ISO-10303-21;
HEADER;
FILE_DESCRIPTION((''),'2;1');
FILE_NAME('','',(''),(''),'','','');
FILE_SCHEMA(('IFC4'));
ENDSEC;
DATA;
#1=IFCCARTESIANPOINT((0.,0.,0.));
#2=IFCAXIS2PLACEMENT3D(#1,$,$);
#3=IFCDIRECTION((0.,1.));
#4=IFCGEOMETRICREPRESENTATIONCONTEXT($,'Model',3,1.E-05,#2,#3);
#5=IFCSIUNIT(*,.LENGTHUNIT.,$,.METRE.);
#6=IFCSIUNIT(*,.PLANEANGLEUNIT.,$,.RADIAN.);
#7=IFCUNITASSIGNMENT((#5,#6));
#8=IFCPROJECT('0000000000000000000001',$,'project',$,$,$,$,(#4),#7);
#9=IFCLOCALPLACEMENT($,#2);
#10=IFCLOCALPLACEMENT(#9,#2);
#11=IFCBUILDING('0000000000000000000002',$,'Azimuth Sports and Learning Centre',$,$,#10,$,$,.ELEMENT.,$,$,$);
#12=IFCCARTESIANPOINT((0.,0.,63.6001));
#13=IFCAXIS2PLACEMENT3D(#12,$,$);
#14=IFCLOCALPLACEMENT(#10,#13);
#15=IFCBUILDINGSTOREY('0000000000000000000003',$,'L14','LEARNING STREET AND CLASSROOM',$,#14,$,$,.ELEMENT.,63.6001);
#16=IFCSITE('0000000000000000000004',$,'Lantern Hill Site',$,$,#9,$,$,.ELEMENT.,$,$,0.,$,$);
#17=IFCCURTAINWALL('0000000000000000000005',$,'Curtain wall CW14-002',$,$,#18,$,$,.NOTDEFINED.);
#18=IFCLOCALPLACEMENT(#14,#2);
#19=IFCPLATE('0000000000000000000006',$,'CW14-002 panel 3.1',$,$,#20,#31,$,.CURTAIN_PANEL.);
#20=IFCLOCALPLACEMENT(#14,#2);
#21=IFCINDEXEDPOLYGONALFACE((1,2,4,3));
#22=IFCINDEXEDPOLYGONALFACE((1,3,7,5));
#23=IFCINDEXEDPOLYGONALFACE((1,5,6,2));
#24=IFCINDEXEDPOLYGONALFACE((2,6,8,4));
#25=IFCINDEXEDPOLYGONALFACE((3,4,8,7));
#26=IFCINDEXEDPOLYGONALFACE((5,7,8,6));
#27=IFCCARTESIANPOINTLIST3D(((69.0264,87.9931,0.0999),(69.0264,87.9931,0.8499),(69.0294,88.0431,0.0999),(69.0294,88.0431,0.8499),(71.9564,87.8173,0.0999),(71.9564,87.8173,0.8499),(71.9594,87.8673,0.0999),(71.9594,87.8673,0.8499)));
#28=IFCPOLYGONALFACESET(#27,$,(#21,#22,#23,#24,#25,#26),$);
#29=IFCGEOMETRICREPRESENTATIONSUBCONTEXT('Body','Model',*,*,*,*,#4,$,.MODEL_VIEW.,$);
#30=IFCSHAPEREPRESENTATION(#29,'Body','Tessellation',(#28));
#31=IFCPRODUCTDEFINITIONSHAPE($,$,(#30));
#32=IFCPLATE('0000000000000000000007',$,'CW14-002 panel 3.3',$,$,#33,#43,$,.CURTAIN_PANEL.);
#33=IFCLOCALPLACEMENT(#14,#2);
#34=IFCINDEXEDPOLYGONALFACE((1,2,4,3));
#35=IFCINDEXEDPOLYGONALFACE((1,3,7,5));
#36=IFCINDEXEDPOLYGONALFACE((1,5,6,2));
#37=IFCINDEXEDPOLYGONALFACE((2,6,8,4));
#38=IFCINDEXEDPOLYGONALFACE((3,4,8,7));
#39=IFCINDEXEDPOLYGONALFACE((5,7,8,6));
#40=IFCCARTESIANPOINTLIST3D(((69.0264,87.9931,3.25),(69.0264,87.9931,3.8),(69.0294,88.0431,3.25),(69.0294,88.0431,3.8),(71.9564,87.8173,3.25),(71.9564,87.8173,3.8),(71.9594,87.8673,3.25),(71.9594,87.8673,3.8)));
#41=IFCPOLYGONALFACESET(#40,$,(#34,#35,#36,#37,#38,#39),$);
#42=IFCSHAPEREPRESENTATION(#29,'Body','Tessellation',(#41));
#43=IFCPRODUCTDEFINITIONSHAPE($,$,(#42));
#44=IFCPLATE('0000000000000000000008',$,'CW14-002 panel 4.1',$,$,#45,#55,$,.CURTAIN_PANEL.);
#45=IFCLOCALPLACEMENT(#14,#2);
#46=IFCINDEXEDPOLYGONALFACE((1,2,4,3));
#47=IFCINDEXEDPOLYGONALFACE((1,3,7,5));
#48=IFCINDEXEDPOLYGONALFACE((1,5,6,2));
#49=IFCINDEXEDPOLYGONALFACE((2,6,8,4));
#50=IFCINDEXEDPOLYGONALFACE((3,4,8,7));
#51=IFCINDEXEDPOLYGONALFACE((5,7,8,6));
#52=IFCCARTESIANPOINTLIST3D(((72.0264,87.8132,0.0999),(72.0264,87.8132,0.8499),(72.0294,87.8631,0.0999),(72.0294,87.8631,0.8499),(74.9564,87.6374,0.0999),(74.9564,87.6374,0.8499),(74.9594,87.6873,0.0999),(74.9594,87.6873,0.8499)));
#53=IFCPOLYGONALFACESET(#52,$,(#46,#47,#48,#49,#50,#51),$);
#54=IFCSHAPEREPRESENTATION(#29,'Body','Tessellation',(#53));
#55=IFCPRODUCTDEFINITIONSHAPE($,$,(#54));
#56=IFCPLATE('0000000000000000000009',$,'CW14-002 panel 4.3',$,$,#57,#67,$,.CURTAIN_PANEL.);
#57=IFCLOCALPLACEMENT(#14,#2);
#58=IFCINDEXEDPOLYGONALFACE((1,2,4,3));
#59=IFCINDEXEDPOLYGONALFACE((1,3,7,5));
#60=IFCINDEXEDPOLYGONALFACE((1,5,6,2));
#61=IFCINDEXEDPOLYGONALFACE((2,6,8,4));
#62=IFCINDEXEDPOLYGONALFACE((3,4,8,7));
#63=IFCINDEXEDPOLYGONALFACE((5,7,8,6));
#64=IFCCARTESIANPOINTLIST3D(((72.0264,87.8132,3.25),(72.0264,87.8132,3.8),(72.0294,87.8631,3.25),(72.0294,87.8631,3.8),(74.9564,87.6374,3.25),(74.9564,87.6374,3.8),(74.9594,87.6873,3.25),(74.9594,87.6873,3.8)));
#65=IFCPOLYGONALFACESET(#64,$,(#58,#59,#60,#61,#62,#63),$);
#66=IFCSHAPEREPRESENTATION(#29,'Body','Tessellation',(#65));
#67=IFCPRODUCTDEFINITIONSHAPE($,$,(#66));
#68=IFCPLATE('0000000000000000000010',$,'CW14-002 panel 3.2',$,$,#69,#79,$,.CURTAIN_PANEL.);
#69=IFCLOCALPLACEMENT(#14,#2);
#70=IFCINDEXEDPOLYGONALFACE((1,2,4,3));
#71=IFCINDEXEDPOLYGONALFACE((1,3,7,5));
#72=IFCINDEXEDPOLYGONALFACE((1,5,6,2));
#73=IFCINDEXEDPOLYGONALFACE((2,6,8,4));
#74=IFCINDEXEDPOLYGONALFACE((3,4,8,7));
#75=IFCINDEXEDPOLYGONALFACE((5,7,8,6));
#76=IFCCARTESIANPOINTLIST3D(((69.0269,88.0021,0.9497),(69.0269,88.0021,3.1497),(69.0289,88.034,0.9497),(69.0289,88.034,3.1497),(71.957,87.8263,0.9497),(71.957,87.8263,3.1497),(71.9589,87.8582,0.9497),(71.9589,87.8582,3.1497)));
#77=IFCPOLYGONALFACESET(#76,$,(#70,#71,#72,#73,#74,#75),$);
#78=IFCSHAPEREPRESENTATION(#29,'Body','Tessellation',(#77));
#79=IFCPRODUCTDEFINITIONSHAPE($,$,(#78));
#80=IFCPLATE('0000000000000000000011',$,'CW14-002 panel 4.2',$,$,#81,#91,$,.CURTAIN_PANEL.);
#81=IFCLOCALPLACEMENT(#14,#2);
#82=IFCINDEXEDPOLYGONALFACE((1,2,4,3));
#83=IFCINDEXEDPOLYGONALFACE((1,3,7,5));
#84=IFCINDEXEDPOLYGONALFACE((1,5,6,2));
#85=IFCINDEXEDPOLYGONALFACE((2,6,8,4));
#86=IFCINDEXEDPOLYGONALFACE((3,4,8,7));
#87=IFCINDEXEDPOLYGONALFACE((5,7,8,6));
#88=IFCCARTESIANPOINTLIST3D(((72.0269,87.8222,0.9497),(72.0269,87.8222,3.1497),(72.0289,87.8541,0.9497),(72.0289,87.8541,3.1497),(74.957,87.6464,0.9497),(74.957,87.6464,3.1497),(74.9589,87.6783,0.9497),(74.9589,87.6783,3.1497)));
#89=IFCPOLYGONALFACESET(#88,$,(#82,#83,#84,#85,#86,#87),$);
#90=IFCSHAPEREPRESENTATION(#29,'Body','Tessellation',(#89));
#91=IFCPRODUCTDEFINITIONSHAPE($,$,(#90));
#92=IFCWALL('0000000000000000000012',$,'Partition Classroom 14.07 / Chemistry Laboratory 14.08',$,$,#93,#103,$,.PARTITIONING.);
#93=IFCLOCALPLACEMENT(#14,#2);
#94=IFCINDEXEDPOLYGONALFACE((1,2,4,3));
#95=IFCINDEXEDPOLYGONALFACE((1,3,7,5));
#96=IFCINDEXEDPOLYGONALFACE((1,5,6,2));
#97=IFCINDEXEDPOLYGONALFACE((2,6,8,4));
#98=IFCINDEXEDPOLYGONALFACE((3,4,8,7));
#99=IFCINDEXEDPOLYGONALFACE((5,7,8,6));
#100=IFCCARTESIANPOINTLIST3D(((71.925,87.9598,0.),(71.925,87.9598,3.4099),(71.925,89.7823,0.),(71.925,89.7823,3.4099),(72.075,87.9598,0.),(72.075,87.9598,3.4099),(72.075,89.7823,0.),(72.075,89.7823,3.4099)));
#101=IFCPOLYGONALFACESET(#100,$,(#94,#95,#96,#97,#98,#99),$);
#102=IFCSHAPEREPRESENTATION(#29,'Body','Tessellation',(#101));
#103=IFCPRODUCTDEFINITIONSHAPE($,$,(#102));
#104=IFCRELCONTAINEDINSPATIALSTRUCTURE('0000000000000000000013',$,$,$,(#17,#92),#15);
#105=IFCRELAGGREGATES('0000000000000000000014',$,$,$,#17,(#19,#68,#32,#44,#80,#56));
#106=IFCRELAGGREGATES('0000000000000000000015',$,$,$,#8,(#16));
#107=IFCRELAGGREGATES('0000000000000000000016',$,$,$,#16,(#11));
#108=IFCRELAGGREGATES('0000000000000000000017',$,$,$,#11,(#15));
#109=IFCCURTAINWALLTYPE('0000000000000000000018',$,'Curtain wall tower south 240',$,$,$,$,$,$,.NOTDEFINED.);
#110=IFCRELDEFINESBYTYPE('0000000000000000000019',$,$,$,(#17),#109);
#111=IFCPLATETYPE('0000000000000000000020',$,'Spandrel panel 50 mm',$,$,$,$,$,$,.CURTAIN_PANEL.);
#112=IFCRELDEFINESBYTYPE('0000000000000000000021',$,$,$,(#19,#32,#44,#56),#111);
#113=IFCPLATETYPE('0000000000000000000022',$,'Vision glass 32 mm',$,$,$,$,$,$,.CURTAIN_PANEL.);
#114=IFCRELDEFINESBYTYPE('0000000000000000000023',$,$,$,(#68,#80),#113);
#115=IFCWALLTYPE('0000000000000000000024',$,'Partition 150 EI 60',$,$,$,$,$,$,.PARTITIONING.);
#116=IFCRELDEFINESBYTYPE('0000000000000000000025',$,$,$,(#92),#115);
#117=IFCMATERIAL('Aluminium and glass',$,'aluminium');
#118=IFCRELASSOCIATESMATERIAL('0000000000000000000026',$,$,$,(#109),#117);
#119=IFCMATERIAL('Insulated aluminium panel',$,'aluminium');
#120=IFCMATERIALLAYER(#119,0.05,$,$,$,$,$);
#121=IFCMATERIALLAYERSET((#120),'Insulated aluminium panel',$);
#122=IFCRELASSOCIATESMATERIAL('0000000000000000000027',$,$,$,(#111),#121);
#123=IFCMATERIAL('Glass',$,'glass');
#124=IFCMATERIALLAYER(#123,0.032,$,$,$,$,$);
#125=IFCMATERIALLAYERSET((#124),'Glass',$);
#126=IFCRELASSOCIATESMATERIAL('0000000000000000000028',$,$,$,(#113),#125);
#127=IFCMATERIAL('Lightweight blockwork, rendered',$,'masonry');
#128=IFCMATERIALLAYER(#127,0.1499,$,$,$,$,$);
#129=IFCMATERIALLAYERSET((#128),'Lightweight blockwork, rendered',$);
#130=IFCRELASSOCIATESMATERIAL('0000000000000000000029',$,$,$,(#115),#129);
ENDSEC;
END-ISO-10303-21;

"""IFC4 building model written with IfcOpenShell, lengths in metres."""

from ifc_helpers import new_model, si_unit, direction, frame, frame_2d, origin, origin_2d, place, context, subcontext, project, spatial, rectangle, extrude, material, layer, layer_set, type_object, element, aggregate, save


model = new_model("IFC4")

# Units and contexts
model_context = context("Model", 3, precision=1e-05, world=origin(), true_north=direction((0.0, 1.0)))
body_context = subcontext(model_context, "Body", "Model", "MODEL_VIEW")
ifc_project = project(units=[si_unit("LENGTHUNIT", "METRE"), si_unit("PLANEANGLEUNIT", "RADIAN")], contexts=[model_context])

# Site, building, storey
site_placement = place(None, origin())
site = spatial("IfcSite", under=ifc_project, at=site_placement, Name="Lantern Hill Site", CompositionType="ELEMENT", RefElevation=0.0)
building_placement = place(site_placement, origin())
building = spatial("IfcBuilding", under=site, at=building_placement, Name="Azimuth Sports and Learning Centre", CompositionType="ELEMENT")
storey_placement = place(building_placement, frame((0.0, 0.0, 63.6001)))
storey = spatial("IfcBuildingStorey", under=building, at=storey_placement, Name="L14", Description="LEARNING STREET AND CLASSROOM", CompositionType="ELEMENT", Elevation=63.6001)

# Curtain wall, plates
ifc_material_1 = material(Name="Aluminium and glass", Category="aluminium")
curtain_wall_type = type_object("IfcCurtainWallType", Name="Curtain wall tower south 240", PredefinedType="NOTDEFINED", material=ifc_material_1)
curtain_wall_placement = place(storey_placement, origin())
curtain_wall = element("IfcCurtainWall", 1, at=curtain_wall_placement, inside=storey, type_object=curtain_wall_type, Name="Curtain wall CW14-002", PredefinedType="NOTDEFINED")
ifc_material_2 = material(Name="Insulated aluminium panel", Category="aluminium")
ifc_layer_1 = layer(ifc_material_2, 0.05)
ifc_layer_set_1 = layer_set([ifc_layer_1], Name="Insulated aluminium panel")
plate_type_1 = type_object("IfcPlateType", Name="Spandrel panel 50 mm", PredefinedType="CURTAIN_PANEL", material=ifc_layer_set_1)
plate_1_placement = place(storey_placement, frame((70.4929, 87.9302, 0.0999), z_axis=(0.0, 0.0, 1.0), x_axis=(0.998205, -0.059892, 0.0)))
plate_1 = element("IfcPlate", 2, at=plate_1_placement, type_object=plate_type_1, Name="CW14-002 panel 3.1", PredefinedType="CURTAIN_PANEL", context=body_context, shape_type="SweptSolid", body=[
    extrude(rectangle(XDim=2.9353, YDim=0.05, at=origin_2d()), origin(), (0.0, 0.0, 1.0), 0.75),
])
plate_2_placement = place(storey_placement, frame((70.4929, 87.9302, 3.25), z_axis=(0.0, 0.0, 1.0), x_axis=(0.998205, -0.059892, 0.0)))
plate_2 = element("IfcPlate", 3, at=plate_2_placement, type_object=plate_type_1, Name="CW14-002 panel 3.3", PredefinedType="CURTAIN_PANEL", context=body_context, shape_type="SweptSolid", body=[
    extrude(rectangle(XDim=2.9353, YDim=0.05, at=origin_2d()), origin(), (0.0, 0.0, 1.0), 0.55),
])
plate_3_placement = place(storey_placement, frame((73.4929, 87.7502, 0.0999), z_axis=(0.0, 0.0, 1.0), x_axis=(0.998205, -0.059892, 0.0)))
plate_3 = element("IfcPlate", 4, at=plate_3_placement, type_object=plate_type_1, Name="CW14-002 panel 4.1", PredefinedType="CURTAIN_PANEL", context=body_context, shape_type="SweptSolid", body=[
    extrude(rectangle(XDim=2.9353, YDim=0.05, at=origin_2d()), origin(), (0.0, 0.0, 1.0), 0.75),
])
plate_4_placement = place(storey_placement, frame((73.4929, 87.7502, 3.25), z_axis=(0.0, 0.0, 1.0), x_axis=(0.998205, -0.059892, 0.0)))
plate_4 = element("IfcPlate", 5, at=plate_4_placement, type_object=plate_type_1, Name="CW14-002 panel 4.3", PredefinedType="CURTAIN_PANEL", context=body_context, shape_type="SweptSolid", body=[
    extrude(rectangle(XDim=2.9353, YDim=0.05, at=origin_2d()), origin(), (0.0, 0.0, 1.0), 0.55),
])
ifc_material_3 = material(Name="Glass", Category="glass")
ifc_layer_2 = layer(ifc_material_3, 0.032)
ifc_layer_set_2 = layer_set([ifc_layer_2], Name="Glass")
plate_type_2 = type_object("IfcPlateType", Name="Vision glass 32 mm", PredefinedType="CURTAIN_PANEL", material=ifc_layer_set_2)
plate_5_placement = place(storey_placement, frame((70.4929, 87.9302, 0.9497), z_axis=(0.0, 0.0, 1.0), x_axis=(0.998205, -0.059892, 0.0)))
plate_5 = element("IfcPlate", 6, at=plate_5_placement, type_object=plate_type_2, Name="CW14-002 panel 3.2", PredefinedType="CURTAIN_PANEL", context=body_context, shape_type="SweptSolid", body=[
    extrude(rectangle(XDim=2.9353, YDim=0.032, at=origin_2d()), origin(), (0.0, 0.0, 1.0), 2.2),
])
plate_6_placement = place(storey_placement, frame((73.4929, 87.7502, 0.9497), z_axis=(0.0, 0.0, 1.0), x_axis=(0.998205, -0.059892, 0.0)))
plate_6 = element("IfcPlate", 7, at=plate_6_placement, type_object=plate_type_2, Name="CW14-002 panel 4.2", PredefinedType="CURTAIN_PANEL", context=body_context, shape_type="SweptSolid", body=[
    extrude(rectangle(XDim=2.9353, YDim=0.032, at=origin_2d()), origin(), (0.0, 0.0, 1.0), 2.2),
])
aggregate(curtain_wall, [plate_1, plate_5, plate_2, plate_3, plate_6, plate_4])

# Wall
ifc_material_4 = material(Name="Lightweight blockwork, rendered", Category="masonry")
ifc_layer_3 = layer(ifc_material_4, 0.1499)
ifc_layer_set_3 = layer_set([ifc_layer_3], Name="Lightweight blockwork, rendered")
wall_type = type_object("IfcWallType", Name="Partition 150 EI 60", PredefinedType="PARTITIONING", material=ifc_layer_set_3)
wall_placement = place(storey_placement, frame((72.0, 87.96, 0.0), z_axis=(0.0, 0.0, 1.0), x_axis=(0.0, 1.0, 0.0)))
element("IfcWall", 8, at=wall_placement, inside=storey, type_object=wall_type, Name="Partition Classroom 14.07 / Chemistry Laboratory 14.08", PredefinedType="PARTITIONING", context=body_context, shape_type="SweptSolid", body=[
    extrude(rectangle(XDim=1.8225, YDim=0.1499, at=frame_2d((0.9111, 0.0))), origin(), (0.0, 0.0, 1.0), 3.4099),
])

save(model, "model.ifc")
